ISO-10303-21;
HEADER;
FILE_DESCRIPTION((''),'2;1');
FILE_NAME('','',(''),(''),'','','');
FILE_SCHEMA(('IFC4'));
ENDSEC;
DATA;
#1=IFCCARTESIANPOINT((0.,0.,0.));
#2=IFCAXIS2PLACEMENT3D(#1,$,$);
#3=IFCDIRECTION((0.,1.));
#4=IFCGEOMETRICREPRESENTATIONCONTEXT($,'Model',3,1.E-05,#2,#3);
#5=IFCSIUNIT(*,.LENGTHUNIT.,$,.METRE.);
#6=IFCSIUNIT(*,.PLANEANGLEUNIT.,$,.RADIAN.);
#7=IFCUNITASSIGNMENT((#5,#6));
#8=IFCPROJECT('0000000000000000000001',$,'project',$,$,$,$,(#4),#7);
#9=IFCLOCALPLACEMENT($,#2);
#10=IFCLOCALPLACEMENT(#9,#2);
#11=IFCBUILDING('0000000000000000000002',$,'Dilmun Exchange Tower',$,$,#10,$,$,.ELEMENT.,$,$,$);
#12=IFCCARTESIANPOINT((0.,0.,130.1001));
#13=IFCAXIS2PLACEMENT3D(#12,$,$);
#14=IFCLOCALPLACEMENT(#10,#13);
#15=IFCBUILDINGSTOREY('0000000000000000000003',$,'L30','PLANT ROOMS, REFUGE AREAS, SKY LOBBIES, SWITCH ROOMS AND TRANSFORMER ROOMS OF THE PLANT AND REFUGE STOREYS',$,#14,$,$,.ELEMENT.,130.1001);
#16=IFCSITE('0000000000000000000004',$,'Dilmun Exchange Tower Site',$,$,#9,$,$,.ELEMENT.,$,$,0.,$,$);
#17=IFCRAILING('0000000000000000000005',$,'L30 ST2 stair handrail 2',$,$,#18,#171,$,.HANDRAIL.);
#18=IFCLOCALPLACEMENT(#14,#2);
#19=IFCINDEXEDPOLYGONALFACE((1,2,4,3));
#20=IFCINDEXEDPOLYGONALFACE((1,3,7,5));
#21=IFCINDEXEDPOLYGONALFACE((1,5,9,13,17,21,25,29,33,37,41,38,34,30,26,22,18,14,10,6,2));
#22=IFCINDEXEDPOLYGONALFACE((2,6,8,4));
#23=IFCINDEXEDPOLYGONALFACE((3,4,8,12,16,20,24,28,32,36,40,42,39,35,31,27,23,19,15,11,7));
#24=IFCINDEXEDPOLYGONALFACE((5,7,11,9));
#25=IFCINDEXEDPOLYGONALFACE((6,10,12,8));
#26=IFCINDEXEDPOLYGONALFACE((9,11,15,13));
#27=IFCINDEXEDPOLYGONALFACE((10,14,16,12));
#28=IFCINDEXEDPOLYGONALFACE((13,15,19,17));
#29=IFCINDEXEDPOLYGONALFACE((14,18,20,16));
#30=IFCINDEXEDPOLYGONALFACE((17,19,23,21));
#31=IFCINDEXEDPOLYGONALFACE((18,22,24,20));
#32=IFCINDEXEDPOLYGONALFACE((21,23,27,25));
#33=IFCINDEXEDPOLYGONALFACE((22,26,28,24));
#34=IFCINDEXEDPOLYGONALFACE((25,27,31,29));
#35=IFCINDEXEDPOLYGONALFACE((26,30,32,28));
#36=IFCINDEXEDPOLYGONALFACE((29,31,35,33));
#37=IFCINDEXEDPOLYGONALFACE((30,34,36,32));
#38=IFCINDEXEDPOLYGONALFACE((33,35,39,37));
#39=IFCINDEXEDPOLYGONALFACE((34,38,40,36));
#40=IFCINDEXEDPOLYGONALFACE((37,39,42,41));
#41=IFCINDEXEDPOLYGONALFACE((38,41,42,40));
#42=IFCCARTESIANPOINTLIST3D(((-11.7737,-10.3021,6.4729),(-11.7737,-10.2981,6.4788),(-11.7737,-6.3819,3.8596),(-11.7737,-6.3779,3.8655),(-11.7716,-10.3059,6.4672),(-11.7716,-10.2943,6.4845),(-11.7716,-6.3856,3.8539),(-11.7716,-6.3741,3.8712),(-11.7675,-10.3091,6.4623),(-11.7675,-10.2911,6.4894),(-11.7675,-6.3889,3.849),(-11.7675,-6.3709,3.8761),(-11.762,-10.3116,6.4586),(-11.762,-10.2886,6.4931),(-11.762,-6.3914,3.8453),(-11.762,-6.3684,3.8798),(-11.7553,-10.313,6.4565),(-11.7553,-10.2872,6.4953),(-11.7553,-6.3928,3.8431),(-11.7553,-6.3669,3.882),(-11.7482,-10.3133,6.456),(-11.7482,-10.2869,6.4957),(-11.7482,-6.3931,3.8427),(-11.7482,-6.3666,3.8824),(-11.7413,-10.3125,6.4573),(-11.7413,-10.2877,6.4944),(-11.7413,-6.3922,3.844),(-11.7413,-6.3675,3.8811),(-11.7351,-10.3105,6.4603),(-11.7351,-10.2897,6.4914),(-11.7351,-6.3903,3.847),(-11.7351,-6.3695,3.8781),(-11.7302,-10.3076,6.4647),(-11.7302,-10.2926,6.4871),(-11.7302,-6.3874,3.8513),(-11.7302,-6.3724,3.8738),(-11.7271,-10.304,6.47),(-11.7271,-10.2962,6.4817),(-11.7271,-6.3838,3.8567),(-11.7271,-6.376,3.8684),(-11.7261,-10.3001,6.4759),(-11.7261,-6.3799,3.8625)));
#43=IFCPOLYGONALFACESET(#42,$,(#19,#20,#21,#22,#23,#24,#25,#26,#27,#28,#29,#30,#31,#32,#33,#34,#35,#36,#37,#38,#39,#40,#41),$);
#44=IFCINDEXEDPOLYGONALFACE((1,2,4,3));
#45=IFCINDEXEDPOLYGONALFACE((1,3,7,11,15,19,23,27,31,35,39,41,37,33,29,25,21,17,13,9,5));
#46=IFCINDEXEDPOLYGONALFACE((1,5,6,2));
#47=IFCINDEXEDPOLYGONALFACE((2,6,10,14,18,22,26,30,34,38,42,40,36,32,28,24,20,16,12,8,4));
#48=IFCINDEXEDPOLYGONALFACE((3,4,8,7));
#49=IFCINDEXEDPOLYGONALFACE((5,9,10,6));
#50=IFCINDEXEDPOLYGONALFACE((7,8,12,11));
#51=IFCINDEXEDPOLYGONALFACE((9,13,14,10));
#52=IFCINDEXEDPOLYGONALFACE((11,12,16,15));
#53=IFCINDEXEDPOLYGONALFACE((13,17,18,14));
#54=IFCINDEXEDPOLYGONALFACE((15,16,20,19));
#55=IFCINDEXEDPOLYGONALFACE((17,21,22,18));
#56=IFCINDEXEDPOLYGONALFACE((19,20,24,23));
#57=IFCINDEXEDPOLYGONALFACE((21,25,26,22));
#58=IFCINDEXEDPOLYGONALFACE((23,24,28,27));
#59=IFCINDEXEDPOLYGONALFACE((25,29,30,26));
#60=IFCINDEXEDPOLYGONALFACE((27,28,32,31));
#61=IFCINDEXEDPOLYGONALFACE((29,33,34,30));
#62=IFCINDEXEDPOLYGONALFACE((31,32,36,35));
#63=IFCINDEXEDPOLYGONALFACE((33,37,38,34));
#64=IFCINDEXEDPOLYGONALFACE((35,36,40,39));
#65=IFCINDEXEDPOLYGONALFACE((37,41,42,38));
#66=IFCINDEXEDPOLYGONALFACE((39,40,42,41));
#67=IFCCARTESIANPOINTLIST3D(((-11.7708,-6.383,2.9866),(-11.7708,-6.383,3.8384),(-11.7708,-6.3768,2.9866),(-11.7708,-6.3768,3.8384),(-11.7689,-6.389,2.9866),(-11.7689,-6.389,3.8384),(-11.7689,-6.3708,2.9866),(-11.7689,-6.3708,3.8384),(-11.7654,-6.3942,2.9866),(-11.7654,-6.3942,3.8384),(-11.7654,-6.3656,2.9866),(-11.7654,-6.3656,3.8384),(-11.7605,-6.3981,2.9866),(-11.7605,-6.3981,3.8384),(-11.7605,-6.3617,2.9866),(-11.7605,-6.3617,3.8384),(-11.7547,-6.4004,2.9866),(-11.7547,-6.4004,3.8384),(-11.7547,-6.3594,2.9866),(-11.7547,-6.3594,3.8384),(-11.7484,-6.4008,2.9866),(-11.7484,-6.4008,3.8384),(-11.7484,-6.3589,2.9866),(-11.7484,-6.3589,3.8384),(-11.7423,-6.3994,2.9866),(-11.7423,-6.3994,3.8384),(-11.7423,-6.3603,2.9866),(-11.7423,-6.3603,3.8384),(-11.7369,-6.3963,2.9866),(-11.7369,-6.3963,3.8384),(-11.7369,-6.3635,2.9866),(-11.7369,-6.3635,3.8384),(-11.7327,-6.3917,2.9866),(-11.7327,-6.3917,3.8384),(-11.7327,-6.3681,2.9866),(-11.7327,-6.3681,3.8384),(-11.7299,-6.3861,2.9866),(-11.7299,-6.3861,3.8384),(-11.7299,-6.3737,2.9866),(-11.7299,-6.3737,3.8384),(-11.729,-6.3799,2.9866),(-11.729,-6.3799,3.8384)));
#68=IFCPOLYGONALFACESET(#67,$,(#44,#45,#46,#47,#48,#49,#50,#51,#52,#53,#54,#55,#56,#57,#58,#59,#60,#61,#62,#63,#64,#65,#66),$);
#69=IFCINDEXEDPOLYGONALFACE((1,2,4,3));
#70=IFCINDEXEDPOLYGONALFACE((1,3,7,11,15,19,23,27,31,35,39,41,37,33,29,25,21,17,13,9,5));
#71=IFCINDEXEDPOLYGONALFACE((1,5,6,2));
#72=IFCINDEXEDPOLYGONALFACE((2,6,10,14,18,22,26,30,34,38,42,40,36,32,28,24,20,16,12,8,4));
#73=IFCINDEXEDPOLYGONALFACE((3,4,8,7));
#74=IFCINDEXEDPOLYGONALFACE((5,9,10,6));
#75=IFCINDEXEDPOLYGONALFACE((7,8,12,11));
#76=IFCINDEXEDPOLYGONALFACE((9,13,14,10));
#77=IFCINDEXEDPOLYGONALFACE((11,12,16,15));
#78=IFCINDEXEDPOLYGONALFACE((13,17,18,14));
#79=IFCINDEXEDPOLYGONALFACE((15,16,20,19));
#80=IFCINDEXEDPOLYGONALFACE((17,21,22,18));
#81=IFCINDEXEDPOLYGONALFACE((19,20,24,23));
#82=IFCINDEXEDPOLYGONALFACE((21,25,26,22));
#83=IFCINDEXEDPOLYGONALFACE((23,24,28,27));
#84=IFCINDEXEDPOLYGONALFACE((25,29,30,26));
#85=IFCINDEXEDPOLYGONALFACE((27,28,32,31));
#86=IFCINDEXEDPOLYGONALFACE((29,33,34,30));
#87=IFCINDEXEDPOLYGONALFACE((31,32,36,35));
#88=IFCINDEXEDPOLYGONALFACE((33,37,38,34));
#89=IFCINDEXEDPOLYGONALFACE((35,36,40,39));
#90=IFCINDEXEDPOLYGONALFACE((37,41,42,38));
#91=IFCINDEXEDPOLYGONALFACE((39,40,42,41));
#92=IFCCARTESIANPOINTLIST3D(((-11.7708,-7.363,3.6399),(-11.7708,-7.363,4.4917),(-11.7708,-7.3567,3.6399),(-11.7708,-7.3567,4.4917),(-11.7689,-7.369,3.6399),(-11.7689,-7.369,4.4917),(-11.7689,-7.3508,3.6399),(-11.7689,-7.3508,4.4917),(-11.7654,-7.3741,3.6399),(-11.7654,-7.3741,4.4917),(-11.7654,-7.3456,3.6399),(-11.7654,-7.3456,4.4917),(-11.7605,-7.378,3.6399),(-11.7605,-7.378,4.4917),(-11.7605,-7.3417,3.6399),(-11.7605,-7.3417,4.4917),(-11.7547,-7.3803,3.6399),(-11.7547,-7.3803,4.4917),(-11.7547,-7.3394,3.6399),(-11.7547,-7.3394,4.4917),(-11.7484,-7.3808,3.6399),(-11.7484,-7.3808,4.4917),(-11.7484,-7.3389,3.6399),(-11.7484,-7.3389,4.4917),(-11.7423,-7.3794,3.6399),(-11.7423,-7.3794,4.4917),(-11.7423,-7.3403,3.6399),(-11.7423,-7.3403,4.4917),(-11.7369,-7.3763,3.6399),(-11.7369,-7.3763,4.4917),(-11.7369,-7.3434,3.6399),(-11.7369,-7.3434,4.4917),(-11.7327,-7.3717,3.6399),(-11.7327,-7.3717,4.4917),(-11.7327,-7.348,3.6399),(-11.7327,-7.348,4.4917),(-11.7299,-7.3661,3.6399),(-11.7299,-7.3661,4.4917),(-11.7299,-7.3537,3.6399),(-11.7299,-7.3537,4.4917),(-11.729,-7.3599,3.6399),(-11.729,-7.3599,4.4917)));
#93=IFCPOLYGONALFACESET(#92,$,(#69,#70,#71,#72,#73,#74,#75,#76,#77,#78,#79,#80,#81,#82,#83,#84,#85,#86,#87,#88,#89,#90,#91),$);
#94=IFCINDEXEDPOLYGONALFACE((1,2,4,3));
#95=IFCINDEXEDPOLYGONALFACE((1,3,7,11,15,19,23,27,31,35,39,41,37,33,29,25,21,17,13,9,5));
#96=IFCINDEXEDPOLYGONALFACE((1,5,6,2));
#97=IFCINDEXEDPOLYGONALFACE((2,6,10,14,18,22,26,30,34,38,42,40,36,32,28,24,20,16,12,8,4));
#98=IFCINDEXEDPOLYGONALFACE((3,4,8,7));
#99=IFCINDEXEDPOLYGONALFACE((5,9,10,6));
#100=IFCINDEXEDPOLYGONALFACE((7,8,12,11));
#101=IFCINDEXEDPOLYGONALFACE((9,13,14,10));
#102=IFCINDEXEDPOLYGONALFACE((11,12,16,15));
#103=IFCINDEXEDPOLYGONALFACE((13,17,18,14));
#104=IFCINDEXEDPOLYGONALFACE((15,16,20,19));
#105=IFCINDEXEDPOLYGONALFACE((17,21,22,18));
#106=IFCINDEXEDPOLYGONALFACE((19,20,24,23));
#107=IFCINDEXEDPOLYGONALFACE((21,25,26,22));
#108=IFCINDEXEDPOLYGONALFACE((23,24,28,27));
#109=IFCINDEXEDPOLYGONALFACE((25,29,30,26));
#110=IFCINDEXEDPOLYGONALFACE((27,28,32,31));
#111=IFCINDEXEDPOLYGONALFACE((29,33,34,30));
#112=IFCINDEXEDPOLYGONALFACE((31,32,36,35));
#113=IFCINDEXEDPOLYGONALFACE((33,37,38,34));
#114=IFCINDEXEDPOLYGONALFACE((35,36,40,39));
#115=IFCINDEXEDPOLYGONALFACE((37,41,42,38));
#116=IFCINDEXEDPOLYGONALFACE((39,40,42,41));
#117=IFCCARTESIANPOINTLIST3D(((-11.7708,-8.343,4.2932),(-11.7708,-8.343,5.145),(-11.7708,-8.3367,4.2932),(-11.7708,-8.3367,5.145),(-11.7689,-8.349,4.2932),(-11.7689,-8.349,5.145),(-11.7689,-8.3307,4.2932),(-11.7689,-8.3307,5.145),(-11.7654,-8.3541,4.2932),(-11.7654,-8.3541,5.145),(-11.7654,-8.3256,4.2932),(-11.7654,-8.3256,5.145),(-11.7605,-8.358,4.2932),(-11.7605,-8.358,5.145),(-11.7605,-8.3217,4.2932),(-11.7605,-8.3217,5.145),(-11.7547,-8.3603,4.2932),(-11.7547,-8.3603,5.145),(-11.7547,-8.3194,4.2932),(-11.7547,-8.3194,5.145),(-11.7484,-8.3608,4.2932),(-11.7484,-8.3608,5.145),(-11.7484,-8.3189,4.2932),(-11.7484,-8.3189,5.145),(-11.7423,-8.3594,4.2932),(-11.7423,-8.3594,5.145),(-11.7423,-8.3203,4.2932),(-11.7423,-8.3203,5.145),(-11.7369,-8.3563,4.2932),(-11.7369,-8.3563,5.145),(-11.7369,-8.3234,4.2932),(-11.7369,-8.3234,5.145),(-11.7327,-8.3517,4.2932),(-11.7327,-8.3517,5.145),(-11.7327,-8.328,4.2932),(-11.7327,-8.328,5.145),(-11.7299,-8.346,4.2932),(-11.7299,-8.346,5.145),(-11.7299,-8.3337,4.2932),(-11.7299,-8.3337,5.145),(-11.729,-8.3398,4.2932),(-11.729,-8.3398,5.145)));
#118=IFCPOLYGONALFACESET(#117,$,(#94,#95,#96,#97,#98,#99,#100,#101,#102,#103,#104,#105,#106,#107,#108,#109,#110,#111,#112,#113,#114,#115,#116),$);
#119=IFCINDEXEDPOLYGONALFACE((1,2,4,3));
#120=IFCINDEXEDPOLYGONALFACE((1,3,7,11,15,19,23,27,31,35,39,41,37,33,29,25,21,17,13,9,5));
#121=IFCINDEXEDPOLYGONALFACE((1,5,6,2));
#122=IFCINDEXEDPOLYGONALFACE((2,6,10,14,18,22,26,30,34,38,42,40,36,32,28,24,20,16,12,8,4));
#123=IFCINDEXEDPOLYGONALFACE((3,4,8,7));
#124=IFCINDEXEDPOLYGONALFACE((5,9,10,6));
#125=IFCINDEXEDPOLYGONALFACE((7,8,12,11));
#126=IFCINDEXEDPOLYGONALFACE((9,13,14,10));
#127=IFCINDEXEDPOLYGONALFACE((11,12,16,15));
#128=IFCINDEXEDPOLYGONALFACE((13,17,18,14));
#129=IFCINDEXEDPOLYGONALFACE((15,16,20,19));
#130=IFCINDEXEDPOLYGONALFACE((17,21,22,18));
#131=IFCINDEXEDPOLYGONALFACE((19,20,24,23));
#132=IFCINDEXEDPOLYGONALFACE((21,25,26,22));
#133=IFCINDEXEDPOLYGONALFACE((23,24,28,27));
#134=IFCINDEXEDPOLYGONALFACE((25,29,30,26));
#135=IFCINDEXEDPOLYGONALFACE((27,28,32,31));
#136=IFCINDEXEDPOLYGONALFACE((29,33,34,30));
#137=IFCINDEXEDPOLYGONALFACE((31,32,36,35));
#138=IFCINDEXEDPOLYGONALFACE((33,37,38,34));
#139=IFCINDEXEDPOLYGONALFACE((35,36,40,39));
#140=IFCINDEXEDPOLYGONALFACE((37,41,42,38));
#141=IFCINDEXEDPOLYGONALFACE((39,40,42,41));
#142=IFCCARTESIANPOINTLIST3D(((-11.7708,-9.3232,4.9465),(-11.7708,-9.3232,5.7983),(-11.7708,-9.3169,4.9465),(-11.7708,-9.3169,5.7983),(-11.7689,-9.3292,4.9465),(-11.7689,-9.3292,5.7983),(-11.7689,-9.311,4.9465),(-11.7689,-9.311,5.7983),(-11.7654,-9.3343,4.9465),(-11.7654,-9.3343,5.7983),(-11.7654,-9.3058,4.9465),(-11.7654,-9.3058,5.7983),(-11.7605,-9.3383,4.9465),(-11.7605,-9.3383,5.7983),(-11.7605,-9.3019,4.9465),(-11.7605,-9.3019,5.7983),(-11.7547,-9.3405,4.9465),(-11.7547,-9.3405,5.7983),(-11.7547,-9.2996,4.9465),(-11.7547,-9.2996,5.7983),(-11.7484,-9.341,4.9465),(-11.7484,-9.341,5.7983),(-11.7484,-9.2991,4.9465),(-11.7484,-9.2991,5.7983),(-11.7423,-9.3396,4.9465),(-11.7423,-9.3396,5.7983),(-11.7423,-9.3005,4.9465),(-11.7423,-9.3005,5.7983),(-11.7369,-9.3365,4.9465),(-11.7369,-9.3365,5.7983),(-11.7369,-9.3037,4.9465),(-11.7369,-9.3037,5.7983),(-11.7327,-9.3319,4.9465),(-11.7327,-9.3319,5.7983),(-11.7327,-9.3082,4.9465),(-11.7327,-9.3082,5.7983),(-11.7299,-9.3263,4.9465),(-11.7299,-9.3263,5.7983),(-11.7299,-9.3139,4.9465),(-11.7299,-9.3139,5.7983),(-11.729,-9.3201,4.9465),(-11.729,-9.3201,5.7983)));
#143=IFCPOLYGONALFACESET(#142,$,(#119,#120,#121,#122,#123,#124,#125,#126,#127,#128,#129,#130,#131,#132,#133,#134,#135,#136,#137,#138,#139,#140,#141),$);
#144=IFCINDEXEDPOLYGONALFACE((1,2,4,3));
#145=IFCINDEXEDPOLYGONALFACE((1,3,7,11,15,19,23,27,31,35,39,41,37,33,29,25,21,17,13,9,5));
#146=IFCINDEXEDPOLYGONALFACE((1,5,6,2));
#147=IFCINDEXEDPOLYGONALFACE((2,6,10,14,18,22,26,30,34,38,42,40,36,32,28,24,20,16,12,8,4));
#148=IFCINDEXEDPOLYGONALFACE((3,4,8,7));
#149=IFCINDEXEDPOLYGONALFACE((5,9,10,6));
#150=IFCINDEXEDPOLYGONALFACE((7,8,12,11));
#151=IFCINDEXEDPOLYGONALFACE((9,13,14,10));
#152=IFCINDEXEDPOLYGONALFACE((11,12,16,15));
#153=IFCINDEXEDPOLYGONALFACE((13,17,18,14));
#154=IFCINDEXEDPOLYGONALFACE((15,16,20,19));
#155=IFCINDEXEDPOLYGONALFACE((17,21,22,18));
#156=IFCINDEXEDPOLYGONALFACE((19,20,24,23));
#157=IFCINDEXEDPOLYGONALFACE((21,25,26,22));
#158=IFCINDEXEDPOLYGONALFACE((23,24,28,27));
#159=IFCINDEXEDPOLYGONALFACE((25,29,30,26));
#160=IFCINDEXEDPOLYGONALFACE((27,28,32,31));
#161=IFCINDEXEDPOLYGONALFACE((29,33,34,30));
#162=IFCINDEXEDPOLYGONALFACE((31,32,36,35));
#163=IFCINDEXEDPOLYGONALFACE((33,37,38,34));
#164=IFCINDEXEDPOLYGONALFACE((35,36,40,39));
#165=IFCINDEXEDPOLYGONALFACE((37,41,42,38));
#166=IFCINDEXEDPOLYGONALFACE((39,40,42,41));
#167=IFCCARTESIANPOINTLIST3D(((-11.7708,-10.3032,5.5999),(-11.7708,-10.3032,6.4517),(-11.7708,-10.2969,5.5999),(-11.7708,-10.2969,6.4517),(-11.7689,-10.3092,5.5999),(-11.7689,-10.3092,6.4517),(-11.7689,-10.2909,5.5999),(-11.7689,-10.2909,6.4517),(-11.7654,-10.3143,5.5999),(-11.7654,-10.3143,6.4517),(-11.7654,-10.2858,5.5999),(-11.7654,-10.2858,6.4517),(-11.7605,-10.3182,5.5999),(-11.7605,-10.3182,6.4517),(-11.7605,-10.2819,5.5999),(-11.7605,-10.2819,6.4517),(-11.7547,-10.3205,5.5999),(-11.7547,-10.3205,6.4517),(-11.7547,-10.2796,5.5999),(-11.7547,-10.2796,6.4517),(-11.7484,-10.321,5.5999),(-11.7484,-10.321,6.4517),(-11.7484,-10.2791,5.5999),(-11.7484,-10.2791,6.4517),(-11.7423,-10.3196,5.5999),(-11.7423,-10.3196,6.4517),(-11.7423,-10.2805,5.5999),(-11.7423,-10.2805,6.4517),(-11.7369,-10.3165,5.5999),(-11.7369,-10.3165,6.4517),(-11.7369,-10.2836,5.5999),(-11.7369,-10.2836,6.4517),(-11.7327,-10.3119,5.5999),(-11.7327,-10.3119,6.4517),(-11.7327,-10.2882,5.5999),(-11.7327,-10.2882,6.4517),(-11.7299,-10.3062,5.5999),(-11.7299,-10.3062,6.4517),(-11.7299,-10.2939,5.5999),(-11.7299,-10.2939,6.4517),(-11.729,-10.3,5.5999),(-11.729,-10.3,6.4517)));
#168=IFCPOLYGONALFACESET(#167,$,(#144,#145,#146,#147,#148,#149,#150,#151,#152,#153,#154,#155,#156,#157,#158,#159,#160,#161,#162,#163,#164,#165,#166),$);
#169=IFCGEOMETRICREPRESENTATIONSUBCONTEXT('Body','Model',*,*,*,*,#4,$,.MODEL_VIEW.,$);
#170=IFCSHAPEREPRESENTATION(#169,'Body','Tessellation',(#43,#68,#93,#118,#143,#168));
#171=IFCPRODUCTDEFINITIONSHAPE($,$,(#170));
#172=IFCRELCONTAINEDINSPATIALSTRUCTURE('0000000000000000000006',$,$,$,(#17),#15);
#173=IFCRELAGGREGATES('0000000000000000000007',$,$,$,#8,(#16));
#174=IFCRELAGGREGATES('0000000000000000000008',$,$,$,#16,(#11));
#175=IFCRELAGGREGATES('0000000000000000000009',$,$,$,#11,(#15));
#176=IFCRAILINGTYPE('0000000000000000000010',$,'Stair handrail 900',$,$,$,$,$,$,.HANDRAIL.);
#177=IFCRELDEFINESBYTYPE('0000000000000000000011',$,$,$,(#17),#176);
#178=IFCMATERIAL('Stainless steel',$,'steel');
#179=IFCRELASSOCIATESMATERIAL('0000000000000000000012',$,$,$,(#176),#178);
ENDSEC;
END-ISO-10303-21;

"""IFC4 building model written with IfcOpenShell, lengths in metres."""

from ifc_helpers import new_model, si_unit, direction, frame, origin, origin_2d, place, context, subcontext, project, spatial, circle, extrude, material, type_object, element, save


model = new_model("IFC4")

# Units and contexts
model_context = context("Model", 3, precision=1e-05, world=origin(), true_north=direction((0.0, 1.0)))
body_context = subcontext(model_context, "Body", "Model", "MODEL_VIEW")
ifc_project = project(units=[si_unit("LENGTHUNIT", "METRE"), si_unit("PLANEANGLEUNIT", "RADIAN")], contexts=[model_context])

# Site, building, storey
site_placement = place(None, origin())
site = spatial("IfcSite", under=ifc_project, at=site_placement, Name="Dilmun Exchange Tower Site", CompositionType="ELEMENT", RefElevation=0.0)
building_placement = place(site_placement, origin())
building = spatial("IfcBuilding", under=site, at=building_placement, Name="Dilmun Exchange Tower", CompositionType="ELEMENT")
storey_placement = place(building_placement, frame((0.0, 0.0, 130.1001)))
storey = spatial("IfcBuildingStorey", under=building, at=storey_placement, Name="L30", Description="PLANT ROOMS, REFUGE AREAS, SKY LOBBIES, SWITCH ROOMS AND TRANSFORMER ROOMS OF THE PLANT AND REFUGE STOREYS", CompositionType="ELEMENT", Elevation=130.1001)

# Railing
ifc_material_1 = material(Name="Stainless steel", Category="steel")
railing_type = type_object("IfcRailingType", Name="Stair handrail 900", PredefinedType="HANDRAIL", material=ifc_material_1)
railing_placement = place(storey_placement, frame((-11.75, -6.3799, 2.9866)))
element("IfcRailing", 1, at=railing_placement, inside=storey, type_object=railing_type, Name="L30 ST2 stair handrail 2", PredefinedType="HANDRAIL", context=body_context, shape_type="SweptSolid", body=[
    extrude(circle(Radius=0.0239, at=origin_2d()), frame((0.0, 0.0, 0.876), z_axis=(0.0, -0.832066, 0.554676), x_axis=(1.0, 0.0, 0.0)), (0.0, 0.0, 1.0), 4.7114),
    extrude(circle(Radius=0.021, at=origin_2d()), origin(), (0.0, 0.0, 1.0), 0.8518),
    extrude(circle(Radius=0.021, at=origin_2d()), frame((0.0, -0.98, 0.6533)), (0.0, 0.0, 1.0), 0.8518),
    extrude(circle(Radius=0.021, at=origin_2d()), frame((0.0, -1.96, 1.3066)), (0.0, 0.0, 1.0), 0.8518),
    extrude(circle(Radius=0.021, at=origin_2d()), frame((0.0, -2.9402, 1.96)), (0.0, 0.0, 1.0), 0.8518),
    extrude(circle(Radius=0.021, at=origin_2d()), frame((0.0, -3.9202, 2.6133)), (0.0, 0.0, 1.0), 0.8518),
])

save(model, "model.ifc")
